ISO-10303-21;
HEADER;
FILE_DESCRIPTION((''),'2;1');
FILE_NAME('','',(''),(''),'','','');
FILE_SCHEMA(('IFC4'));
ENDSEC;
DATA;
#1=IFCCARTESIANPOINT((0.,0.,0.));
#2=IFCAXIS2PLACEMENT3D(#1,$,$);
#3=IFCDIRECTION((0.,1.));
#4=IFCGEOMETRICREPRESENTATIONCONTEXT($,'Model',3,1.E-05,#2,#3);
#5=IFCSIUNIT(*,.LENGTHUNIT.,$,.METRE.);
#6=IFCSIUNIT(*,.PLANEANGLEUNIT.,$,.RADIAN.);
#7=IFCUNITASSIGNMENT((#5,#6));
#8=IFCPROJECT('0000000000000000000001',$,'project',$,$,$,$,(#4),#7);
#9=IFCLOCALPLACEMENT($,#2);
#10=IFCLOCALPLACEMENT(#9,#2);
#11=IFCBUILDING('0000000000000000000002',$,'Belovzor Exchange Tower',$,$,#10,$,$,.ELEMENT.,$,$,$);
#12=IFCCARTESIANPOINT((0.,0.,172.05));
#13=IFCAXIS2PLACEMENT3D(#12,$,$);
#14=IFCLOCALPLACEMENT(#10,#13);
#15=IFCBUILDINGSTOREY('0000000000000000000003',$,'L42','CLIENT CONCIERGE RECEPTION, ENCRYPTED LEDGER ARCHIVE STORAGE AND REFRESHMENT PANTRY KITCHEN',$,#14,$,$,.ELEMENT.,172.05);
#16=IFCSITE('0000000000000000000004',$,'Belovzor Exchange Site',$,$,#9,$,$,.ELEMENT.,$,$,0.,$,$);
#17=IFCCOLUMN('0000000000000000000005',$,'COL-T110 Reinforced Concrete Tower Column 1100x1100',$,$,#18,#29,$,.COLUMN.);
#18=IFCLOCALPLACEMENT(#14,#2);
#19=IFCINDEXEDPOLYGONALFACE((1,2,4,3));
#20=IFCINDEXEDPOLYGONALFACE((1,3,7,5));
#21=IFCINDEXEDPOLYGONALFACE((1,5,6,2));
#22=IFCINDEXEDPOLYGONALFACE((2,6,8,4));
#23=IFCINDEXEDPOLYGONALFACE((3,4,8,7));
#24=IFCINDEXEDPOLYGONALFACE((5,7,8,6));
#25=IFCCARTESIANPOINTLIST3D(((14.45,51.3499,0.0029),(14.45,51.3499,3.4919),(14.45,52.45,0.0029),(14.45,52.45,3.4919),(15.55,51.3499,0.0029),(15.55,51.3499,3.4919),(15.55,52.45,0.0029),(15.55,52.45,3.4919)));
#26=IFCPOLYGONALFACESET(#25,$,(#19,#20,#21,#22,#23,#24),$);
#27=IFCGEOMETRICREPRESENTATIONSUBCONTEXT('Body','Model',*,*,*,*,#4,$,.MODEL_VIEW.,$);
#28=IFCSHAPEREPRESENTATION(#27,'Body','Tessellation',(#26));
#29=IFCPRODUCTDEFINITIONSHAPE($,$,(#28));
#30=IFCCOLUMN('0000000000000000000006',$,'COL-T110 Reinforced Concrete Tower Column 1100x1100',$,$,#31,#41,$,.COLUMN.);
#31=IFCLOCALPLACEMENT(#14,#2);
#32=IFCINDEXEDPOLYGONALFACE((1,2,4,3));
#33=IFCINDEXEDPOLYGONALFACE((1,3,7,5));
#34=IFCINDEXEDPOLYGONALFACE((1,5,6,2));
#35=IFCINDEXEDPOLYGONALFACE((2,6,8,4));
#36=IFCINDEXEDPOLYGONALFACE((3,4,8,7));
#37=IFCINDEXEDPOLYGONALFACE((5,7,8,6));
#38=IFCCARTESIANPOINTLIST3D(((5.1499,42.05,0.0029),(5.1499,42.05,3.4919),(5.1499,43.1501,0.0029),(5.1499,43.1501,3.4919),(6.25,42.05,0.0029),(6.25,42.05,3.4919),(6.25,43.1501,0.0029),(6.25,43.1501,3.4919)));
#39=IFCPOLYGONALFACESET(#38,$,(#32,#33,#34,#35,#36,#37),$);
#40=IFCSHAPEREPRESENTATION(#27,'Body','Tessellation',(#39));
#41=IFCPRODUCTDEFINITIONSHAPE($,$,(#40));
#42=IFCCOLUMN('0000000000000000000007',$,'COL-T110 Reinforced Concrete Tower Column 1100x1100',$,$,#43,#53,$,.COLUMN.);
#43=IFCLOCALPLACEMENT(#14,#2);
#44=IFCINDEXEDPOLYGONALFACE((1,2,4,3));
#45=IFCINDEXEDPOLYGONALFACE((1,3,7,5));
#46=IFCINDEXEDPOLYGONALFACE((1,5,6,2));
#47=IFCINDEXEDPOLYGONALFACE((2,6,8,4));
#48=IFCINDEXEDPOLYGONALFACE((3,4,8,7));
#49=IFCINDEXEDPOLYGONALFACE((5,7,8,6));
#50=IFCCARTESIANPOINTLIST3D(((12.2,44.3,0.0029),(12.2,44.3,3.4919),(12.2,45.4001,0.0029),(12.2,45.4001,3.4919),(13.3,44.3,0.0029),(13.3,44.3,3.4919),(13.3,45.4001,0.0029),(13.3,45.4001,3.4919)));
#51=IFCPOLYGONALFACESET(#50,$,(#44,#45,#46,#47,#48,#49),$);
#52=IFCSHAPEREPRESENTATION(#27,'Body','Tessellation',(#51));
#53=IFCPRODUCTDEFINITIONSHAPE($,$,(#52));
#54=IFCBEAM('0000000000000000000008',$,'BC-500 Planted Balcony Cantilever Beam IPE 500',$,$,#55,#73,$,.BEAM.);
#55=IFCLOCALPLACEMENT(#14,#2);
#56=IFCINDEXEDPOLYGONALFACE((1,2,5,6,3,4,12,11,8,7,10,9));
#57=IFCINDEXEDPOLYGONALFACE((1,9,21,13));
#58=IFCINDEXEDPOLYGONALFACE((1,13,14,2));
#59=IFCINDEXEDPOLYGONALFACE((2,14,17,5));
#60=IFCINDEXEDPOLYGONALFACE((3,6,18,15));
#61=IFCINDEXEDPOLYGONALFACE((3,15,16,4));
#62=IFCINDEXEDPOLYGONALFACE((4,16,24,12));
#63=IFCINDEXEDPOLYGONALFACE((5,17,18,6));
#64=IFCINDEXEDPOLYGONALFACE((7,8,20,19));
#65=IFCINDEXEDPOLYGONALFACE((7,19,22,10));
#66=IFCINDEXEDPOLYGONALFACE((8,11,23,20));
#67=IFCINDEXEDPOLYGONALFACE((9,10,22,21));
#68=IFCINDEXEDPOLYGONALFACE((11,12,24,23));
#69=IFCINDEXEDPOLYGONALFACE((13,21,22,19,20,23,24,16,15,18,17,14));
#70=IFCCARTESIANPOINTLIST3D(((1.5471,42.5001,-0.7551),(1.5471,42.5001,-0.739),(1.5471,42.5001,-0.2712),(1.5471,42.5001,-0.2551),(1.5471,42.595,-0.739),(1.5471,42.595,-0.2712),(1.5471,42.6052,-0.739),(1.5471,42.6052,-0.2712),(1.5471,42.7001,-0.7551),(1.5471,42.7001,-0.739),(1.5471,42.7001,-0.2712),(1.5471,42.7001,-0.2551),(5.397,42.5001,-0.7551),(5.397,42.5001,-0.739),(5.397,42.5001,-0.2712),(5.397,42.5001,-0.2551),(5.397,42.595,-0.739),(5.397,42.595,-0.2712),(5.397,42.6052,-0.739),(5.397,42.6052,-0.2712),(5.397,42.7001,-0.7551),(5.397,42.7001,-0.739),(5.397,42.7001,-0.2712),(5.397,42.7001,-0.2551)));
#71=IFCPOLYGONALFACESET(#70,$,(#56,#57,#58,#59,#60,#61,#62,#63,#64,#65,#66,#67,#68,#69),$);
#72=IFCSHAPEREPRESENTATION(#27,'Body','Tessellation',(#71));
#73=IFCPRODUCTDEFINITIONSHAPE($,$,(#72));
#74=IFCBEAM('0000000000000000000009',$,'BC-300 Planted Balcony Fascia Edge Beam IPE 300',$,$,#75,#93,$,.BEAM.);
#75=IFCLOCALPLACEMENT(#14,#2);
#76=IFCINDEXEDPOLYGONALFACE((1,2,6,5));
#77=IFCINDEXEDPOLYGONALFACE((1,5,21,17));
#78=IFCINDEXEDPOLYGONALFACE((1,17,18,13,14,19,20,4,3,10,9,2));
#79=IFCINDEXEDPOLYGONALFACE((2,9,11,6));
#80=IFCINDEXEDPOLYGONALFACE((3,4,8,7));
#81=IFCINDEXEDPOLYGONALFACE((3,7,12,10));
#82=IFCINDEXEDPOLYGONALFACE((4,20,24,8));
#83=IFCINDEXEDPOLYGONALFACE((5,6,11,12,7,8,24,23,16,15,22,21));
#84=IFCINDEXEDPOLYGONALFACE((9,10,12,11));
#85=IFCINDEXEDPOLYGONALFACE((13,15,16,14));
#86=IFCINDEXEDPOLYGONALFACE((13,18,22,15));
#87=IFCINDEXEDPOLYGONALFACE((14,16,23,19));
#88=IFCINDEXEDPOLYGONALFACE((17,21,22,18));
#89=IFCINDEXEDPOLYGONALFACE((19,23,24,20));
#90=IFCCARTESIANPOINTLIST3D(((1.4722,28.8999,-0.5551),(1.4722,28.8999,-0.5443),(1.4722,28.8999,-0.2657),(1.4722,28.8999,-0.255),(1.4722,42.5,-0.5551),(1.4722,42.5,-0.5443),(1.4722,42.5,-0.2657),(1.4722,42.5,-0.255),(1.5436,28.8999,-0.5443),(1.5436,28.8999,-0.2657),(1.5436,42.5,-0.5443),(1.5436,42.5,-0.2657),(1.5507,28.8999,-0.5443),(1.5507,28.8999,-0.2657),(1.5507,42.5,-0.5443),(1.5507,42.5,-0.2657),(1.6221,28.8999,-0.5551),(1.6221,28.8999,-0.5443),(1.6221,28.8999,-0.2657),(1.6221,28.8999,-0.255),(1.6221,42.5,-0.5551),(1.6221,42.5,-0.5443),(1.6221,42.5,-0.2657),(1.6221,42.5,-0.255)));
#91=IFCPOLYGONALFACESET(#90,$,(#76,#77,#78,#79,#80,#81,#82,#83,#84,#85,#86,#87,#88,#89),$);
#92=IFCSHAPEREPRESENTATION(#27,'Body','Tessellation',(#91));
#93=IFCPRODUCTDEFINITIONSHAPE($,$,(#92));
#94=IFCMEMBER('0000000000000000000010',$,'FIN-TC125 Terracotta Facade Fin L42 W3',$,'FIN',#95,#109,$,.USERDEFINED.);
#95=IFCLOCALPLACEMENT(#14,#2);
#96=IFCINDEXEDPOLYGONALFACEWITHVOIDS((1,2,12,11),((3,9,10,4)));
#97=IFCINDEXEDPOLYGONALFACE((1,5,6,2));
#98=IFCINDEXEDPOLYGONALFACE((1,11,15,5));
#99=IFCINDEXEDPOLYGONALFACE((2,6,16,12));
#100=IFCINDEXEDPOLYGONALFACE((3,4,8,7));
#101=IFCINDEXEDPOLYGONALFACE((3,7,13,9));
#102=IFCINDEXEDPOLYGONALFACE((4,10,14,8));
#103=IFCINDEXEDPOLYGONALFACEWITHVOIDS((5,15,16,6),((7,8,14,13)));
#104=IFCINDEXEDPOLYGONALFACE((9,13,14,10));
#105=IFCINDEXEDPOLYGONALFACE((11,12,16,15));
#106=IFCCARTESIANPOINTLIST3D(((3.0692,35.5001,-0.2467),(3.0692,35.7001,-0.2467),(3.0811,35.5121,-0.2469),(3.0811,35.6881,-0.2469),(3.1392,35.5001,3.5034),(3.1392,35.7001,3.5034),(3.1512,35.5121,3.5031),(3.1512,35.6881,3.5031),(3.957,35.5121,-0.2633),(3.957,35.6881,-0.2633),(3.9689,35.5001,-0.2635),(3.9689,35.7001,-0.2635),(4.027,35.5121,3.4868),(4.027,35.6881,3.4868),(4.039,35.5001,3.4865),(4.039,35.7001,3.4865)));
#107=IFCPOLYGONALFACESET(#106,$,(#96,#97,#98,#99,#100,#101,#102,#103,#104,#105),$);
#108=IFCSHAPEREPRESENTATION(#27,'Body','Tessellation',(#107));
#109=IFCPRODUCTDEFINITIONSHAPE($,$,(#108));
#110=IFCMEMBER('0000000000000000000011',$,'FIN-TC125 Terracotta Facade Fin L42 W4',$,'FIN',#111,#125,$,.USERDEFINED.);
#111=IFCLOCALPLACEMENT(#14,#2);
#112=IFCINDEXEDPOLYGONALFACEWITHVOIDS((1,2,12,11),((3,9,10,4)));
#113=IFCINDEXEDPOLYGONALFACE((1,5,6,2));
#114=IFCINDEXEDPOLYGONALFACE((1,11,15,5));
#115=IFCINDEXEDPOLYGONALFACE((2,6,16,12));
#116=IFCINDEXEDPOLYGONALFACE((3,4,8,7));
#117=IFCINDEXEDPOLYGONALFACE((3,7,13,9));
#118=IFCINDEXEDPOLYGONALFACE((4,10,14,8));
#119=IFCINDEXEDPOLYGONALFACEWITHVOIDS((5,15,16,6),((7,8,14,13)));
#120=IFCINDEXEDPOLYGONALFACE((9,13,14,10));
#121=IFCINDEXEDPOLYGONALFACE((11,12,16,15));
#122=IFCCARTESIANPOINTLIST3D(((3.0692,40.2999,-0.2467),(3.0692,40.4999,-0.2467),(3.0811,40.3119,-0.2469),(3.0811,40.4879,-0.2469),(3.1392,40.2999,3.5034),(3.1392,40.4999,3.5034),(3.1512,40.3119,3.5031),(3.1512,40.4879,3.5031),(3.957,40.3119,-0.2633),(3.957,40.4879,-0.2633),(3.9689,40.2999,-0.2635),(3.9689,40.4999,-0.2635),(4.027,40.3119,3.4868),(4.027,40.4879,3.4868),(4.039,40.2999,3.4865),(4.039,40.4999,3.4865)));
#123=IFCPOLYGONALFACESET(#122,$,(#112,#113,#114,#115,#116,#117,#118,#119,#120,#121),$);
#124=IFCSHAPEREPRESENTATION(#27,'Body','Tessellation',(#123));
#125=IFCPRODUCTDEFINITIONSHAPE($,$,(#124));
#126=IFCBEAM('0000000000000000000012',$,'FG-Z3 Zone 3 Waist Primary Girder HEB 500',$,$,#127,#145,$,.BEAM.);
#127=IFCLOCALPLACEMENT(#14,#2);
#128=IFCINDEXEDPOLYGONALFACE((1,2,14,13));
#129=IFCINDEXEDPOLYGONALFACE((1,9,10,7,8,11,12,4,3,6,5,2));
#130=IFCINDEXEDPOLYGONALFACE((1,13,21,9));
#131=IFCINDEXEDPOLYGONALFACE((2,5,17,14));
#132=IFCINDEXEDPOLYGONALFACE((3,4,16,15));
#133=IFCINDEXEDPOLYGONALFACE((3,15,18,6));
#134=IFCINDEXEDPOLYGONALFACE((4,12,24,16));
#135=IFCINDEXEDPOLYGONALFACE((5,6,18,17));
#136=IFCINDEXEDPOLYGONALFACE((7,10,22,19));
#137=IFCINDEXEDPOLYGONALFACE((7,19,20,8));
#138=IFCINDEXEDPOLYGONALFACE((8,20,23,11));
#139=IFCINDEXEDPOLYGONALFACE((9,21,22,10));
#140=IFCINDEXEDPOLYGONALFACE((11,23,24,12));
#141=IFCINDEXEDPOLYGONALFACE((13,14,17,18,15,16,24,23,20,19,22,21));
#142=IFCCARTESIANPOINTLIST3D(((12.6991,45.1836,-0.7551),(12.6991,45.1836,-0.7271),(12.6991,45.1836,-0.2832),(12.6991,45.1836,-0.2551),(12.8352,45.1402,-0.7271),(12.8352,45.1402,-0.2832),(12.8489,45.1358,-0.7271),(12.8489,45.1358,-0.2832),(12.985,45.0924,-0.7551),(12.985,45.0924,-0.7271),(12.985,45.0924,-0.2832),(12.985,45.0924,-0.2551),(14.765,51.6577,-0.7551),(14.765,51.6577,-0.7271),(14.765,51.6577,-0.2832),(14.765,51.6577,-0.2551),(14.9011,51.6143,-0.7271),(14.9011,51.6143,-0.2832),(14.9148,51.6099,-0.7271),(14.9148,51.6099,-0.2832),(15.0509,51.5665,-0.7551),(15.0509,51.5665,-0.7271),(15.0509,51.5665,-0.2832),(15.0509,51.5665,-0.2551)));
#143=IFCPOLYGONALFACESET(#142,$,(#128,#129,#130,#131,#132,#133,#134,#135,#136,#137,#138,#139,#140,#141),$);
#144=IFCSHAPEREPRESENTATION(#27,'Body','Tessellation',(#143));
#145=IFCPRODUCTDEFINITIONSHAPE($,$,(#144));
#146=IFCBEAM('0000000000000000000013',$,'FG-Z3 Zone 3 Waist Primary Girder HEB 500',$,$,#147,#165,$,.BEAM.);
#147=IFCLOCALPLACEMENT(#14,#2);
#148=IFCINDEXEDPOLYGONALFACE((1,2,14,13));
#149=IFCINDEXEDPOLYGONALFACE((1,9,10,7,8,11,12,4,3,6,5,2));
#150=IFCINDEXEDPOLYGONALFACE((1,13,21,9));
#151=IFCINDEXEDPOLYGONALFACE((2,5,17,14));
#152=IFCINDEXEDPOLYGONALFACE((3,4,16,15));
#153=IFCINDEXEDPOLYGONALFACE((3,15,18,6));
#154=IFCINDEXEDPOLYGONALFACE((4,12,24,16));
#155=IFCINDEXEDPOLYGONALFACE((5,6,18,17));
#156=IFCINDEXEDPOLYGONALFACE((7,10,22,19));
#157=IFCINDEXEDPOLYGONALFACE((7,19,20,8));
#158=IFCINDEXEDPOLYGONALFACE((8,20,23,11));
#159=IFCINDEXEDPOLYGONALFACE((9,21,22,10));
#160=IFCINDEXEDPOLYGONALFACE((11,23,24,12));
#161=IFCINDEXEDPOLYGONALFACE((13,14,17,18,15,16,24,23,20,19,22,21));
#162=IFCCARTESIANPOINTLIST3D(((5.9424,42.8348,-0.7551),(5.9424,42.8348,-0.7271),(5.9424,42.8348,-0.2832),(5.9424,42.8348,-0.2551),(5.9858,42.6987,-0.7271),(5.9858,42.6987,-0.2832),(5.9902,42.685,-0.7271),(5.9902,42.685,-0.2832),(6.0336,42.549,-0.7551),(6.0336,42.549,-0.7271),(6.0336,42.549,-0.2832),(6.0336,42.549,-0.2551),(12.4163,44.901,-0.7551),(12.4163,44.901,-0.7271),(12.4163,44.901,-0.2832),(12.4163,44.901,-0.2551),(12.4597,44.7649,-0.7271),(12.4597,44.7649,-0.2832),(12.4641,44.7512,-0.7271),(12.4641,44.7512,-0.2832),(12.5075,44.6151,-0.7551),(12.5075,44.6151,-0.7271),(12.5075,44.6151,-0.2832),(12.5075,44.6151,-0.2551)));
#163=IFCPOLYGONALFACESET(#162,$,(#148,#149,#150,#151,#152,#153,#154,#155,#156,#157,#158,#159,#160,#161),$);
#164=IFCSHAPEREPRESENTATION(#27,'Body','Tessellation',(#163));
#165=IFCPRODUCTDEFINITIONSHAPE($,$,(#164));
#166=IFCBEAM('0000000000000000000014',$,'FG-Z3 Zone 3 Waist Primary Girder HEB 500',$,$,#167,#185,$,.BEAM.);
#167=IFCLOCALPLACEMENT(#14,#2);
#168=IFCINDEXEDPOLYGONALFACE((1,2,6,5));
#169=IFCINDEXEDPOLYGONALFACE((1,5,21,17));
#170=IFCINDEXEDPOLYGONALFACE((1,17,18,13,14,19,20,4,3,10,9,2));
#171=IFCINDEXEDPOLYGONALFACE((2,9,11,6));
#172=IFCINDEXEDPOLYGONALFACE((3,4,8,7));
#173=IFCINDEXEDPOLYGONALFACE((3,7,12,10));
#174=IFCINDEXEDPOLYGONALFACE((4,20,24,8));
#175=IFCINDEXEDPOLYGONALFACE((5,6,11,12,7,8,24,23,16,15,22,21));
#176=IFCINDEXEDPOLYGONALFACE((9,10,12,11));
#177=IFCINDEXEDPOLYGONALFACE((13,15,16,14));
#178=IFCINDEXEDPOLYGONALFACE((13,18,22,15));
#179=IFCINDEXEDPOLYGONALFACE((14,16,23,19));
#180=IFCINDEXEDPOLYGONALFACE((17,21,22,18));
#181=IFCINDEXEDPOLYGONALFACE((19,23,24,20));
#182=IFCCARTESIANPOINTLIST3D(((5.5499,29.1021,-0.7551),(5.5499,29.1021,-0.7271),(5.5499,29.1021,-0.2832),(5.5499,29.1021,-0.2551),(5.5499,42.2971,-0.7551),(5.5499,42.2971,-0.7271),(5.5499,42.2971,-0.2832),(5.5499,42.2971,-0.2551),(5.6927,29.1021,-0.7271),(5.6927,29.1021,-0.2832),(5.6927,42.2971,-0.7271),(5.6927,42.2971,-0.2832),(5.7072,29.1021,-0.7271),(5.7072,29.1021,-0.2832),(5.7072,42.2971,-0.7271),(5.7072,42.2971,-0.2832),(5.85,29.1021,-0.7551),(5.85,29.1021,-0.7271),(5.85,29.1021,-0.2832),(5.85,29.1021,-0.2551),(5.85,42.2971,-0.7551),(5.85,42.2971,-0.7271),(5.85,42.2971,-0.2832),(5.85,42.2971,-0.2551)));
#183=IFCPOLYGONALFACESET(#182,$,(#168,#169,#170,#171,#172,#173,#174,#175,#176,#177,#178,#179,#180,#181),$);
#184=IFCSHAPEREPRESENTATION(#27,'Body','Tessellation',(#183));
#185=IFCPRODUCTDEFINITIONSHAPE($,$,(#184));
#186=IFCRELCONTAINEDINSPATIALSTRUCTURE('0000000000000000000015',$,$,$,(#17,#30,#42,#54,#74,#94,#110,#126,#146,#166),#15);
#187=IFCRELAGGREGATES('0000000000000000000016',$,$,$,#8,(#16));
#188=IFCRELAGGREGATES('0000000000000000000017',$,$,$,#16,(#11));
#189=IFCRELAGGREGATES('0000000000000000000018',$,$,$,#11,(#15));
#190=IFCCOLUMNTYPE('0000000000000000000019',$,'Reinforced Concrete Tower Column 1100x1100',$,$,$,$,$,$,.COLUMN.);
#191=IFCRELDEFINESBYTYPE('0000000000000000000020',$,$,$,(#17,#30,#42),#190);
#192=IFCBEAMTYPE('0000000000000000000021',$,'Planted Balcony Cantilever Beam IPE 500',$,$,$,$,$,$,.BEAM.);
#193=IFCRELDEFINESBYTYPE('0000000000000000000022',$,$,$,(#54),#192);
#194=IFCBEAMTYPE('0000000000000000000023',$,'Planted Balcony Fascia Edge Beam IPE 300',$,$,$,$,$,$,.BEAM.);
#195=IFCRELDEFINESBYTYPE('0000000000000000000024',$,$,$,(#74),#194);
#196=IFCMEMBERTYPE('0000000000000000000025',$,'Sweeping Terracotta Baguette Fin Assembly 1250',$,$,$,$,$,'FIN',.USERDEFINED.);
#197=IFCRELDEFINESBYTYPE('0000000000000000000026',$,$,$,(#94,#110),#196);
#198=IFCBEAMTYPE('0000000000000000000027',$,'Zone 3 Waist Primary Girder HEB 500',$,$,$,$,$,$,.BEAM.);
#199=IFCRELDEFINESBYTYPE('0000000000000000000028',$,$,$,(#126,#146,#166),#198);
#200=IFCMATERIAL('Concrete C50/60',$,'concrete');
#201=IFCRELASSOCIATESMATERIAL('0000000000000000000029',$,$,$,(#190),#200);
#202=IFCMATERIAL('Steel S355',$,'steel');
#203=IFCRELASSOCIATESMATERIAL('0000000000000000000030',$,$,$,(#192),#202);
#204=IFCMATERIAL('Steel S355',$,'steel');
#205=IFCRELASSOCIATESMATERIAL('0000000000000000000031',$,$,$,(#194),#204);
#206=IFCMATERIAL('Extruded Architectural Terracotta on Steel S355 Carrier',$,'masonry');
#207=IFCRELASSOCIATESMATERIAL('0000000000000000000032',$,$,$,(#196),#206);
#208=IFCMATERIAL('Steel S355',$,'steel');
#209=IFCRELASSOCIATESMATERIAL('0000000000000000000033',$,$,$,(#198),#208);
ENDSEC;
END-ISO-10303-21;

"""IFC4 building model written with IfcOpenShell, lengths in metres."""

from ifc_helpers import new_model, si_unit, direction, frame, origin, origin_2d, place, context, subcontext, project, spatial, rectangle, hollow_rectangle, i_section, extrude, material, material_profile, profile_set, type_object, element, save


model = new_model("IFC4")

# Units and contexts
model_context = context("Model", 3, precision=1e-05, world=origin(), true_north=direction((0.0, 1.0)))
body_context = subcontext(model_context, "Body", "Model", "MODEL_VIEW")
ifc_project = project(units=[si_unit("LENGTHUNIT", "METRE"), si_unit("PLANEANGLEUNIT", "RADIAN")], contexts=[model_context])

# Site, building, storey
site_placement = place(None, origin())
site = spatial("IfcSite", under=ifc_project, at=site_placement, Name="Belovzor Exchange Site", CompositionType="ELEMENT", RefElevation=0.0)
building_placement = place(site_placement, origin())
building = spatial("IfcBuilding", under=site, at=building_placement, Name="Belovzor Exchange Tower", CompositionType="ELEMENT")
storey_placement = place(building_placement, frame((0.0, 0.0, 172.05)))
storey = spatial("IfcBuildingStorey", under=building, at=storey_placement, Name="L42", Description="CLIENT CONCIERGE RECEPTION, ENCRYPTED LEDGER ARCHIVE STORAGE AND REFRESHMENT PANTRY KITCHEN", CompositionType="ELEMENT", Elevation=172.05)

# Columns
ifc_material_1 = material(Name="Concrete C50/60", Category="concrete")
ifc_material_profile_1 = material_profile(ifc_material_1, rectangle(XDim=1.1001, YDim=1.1001, at=origin_2d()))
ifc_profile_set_1 = profile_set([ifc_material_profile_1], Name="Concrete C50/60")
column_type = type_object("IfcColumnType", Name="Reinforced Concrete Tower Column 1100x1100", PredefinedType="COLUMN", material=ifc_profile_set_1)
for number, where, z_axis, x_axis, name in (
    (1, (15.0, 51.8999, 0.0029), (0.0, 0.0, 1.0), (1.0, 0.0, 0.0), "COL-T110 Reinforced Concrete Tower Column 1100x1100"),
    (2, (5.7, 42.6001, 0.0029), (0.0, 0.0, 1.0), (1.0, 0.0, 0.0), "COL-T110 Reinforced Concrete Tower Column 1100x1100"),
    (3, (12.75, 44.8501, 0.0029), (0.0, 0.0, 1.0), (1.0, 0.0, 0.0), "COL-T110 Reinforced Concrete Tower Column 1100x1100"),
):
    element("IfcColumn", number, at=place(storey_placement, frame(where, z_axis=z_axis, x_axis=x_axis)), inside=storey, type_object=column_type, Name=name, PredefinedType="COLUMN", context=body_context, shape_type="SweptSolid", body=[
        extrude(rectangle(XDim=1.1001, YDim=1.1001, at=origin_2d()), origin(), (0.0, 0.0, 1.0), 3.489),
    ])

# Beams
ifc_material_2 = material(Name="Steel S355", Category="steel")
ifc_material_profile_2 = material_profile(ifc_material_2, i_section(OverallWidth=0.2, OverallDepth=0.5, WebThickness=0.0103, FlangeThickness=0.0161, at=origin_2d()))
ifc_profile_set_2 = profile_set([ifc_material_profile_2], Name="Steel S355")
beam_type_1 = type_object("IfcBeamType", Name="Planted Balcony Cantilever Beam IPE 500", PredefinedType="BEAM", material=ifc_profile_set_2)
beam_1_placement = place(storey_placement, frame((5.397, 42.6001, -0.5051), z_axis=(-1.0, 0.0, 0.0), x_axis=(0.0, -1.0, 0.0)))
element("IfcBeam", 4, at=beam_1_placement, inside=storey, type_object=beam_type_1, Name="BC-500 Planted Balcony Cantilever Beam IPE 500", PredefinedType="BEAM", context=body_context, shape_type="SweptSolid", body=[
    extrude(i_section(OverallWidth=0.2, OverallDepth=0.5, WebThickness=0.0103, FlangeThickness=0.0161, at=origin_2d()), origin(), (0.0, 0.0, 1.0), 3.8499),
])
ifc_material_3 = material(Name="Steel S355", Category="steel")
ifc_material_profile_3 = material_profile(ifc_material_3, i_section(OverallWidth=0.1499, OverallDepth=0.3, WebThickness=0.0071, FlangeThickness=0.0107, at=origin_2d()))
ifc_profile_set_3 = profile_set([ifc_material_profile_3], Name="Steel S355")
beam_type_2 = type_object("IfcBeamType", Name="Planted Balcony Fascia Edge Beam IPE 300", PredefinedType="BEAM", material=ifc_profile_set_3)
beam_2_placement = place(storey_placement, frame((1.5471, 42.5, -0.405), z_axis=(0.0, -1.0, 0.0), x_axis=(1.0, 0.0, 0.0)))
element("IfcBeam", 5, at=beam_2_placement, inside=storey, type_object=beam_type_2, Name="BC-300 Planted Balcony Fascia Edge Beam IPE 300", PredefinedType="BEAM", context=body_context, shape_type="SweptSolid", body=[
    extrude(i_section(OverallWidth=0.1499, OverallDepth=0.3, WebThickness=0.0071, FlangeThickness=0.0107, at=origin_2d()), origin(), (0.0, 0.0, 1.0), 13.6001),
])

# Members
ifc_material_4 = material(Name="Extruded Architectural Terracotta on Steel S355 Carrier", Category="masonry")
ifc_material_profile_4 = material_profile(ifc_material_4, hollow_rectangle(XDim=0.2, YDim=0.8999, WallThickness=0.012, at=origin_2d()))
ifc_profile_set_4 = profile_set([ifc_material_profile_4], Name="Extruded Architectural Terracotta on Steel S355 Carrier")
member_type = type_object("IfcMemberType", Name="Sweeping Terracotta Baguette Fin Assembly 1250", ElementType="FIN", PredefinedType="USERDEFINED", material=ifc_profile_set_4)
for number, where, z_axis, x_axis, name in (
    (6, (3.519, 35.6001, -0.2551), (0.018682, 0.0, 0.999825), (0.0, 1.0, 0.0), "FIN-TC125 Terracotta Facade Fin L42 W3"),
    (7, (3.519, 40.3999, -0.2551), (0.018682, 0.0, 0.999825), (0.0, 1.0, 0.0), "FIN-TC125 Terracotta Facade Fin L42 W4"),
):
    element("IfcMember", number, at=place(storey_placement, frame(where, z_axis=z_axis, x_axis=x_axis)), inside=storey, type_object=member_type, Name=name, ObjectType="FIN", PredefinedType="USERDEFINED", context=body_context, shape_type="SweptSolid", body=[
        extrude(hollow_rectangle(XDim=0.2, YDim=0.8999, WallThickness=0.012, at=origin_2d()), origin(), (0.0, 0.0, 1.0), 3.7507),
    ])

# Beams
ifc_material_5 = material(Name="Steel S355", Category="steel")
ifc_material_profile_5 = material_profile(ifc_material_5, i_section(OverallWidth=0.3, OverallDepth=0.5, WebThickness=0.0144, FlangeThickness=0.0281, at=origin_2d()))
ifc_profile_set_5 = profile_set([ifc_material_profile_5], Name="Steel S355")
beam_type_3 = type_object("IfcBeamType", Name="Zone 3 Waist Primary Girder HEB 500", PredefinedType="BEAM", material=ifc_profile_set_5)
for number, where, z_axis, x_axis, name in (
    (8, (14.908, 51.6121, -0.5051), (-0.304001, -0.952672, 0.0), (0.952672, -0.304001, 0.0), "FG-Z3 Zone 3 Waist Primary Girder HEB 500"),
    (9, (12.4619, 44.7581, -0.5051), (-0.952658, -0.304044, 0.0), (0.304044, -0.952658, 0.0), "FG-Z3 Zone 3 Waist Primary Girder HEB 500"),
):
    element("IfcBeam", number, at=place(storey_placement, frame(where, z_axis=z_axis, x_axis=x_axis)), inside=storey, type_object=beam_type_3, Name=name, PredefinedType="BEAM", context=body_context, shape_type="SweptSolid", body=[
        extrude(i_section(OverallWidth=0.3, OverallDepth=0.5, WebThickness=0.0144, FlangeThickness=0.0281, at=origin_2d()), origin(), (0.0, 0.0, 1.0), 6.7957),
    ])
beam_3_placement = place(storey_placement, frame((5.7, 42.2971, -0.5051), z_axis=(0.0, -1.0, 0.0), x_axis=(1.0, 0.0, 0.0)))
element("IfcBeam", 10, at=beam_3_placement, inside=storey, type_object=beam_type_3, Name="FG-Z3 Zone 3 Waist Primary Girder HEB 500", PredefinedType="BEAM", context=body_context, shape_type="SweptSolid", body=[
    extrude(i_section(OverallWidth=0.3, OverallDepth=0.5, WebThickness=0.0144, FlangeThickness=0.0281, at=origin_2d()), origin(), (0.0, 0.0, 1.0), 13.1951),
])

save(model, "model.ifc")
